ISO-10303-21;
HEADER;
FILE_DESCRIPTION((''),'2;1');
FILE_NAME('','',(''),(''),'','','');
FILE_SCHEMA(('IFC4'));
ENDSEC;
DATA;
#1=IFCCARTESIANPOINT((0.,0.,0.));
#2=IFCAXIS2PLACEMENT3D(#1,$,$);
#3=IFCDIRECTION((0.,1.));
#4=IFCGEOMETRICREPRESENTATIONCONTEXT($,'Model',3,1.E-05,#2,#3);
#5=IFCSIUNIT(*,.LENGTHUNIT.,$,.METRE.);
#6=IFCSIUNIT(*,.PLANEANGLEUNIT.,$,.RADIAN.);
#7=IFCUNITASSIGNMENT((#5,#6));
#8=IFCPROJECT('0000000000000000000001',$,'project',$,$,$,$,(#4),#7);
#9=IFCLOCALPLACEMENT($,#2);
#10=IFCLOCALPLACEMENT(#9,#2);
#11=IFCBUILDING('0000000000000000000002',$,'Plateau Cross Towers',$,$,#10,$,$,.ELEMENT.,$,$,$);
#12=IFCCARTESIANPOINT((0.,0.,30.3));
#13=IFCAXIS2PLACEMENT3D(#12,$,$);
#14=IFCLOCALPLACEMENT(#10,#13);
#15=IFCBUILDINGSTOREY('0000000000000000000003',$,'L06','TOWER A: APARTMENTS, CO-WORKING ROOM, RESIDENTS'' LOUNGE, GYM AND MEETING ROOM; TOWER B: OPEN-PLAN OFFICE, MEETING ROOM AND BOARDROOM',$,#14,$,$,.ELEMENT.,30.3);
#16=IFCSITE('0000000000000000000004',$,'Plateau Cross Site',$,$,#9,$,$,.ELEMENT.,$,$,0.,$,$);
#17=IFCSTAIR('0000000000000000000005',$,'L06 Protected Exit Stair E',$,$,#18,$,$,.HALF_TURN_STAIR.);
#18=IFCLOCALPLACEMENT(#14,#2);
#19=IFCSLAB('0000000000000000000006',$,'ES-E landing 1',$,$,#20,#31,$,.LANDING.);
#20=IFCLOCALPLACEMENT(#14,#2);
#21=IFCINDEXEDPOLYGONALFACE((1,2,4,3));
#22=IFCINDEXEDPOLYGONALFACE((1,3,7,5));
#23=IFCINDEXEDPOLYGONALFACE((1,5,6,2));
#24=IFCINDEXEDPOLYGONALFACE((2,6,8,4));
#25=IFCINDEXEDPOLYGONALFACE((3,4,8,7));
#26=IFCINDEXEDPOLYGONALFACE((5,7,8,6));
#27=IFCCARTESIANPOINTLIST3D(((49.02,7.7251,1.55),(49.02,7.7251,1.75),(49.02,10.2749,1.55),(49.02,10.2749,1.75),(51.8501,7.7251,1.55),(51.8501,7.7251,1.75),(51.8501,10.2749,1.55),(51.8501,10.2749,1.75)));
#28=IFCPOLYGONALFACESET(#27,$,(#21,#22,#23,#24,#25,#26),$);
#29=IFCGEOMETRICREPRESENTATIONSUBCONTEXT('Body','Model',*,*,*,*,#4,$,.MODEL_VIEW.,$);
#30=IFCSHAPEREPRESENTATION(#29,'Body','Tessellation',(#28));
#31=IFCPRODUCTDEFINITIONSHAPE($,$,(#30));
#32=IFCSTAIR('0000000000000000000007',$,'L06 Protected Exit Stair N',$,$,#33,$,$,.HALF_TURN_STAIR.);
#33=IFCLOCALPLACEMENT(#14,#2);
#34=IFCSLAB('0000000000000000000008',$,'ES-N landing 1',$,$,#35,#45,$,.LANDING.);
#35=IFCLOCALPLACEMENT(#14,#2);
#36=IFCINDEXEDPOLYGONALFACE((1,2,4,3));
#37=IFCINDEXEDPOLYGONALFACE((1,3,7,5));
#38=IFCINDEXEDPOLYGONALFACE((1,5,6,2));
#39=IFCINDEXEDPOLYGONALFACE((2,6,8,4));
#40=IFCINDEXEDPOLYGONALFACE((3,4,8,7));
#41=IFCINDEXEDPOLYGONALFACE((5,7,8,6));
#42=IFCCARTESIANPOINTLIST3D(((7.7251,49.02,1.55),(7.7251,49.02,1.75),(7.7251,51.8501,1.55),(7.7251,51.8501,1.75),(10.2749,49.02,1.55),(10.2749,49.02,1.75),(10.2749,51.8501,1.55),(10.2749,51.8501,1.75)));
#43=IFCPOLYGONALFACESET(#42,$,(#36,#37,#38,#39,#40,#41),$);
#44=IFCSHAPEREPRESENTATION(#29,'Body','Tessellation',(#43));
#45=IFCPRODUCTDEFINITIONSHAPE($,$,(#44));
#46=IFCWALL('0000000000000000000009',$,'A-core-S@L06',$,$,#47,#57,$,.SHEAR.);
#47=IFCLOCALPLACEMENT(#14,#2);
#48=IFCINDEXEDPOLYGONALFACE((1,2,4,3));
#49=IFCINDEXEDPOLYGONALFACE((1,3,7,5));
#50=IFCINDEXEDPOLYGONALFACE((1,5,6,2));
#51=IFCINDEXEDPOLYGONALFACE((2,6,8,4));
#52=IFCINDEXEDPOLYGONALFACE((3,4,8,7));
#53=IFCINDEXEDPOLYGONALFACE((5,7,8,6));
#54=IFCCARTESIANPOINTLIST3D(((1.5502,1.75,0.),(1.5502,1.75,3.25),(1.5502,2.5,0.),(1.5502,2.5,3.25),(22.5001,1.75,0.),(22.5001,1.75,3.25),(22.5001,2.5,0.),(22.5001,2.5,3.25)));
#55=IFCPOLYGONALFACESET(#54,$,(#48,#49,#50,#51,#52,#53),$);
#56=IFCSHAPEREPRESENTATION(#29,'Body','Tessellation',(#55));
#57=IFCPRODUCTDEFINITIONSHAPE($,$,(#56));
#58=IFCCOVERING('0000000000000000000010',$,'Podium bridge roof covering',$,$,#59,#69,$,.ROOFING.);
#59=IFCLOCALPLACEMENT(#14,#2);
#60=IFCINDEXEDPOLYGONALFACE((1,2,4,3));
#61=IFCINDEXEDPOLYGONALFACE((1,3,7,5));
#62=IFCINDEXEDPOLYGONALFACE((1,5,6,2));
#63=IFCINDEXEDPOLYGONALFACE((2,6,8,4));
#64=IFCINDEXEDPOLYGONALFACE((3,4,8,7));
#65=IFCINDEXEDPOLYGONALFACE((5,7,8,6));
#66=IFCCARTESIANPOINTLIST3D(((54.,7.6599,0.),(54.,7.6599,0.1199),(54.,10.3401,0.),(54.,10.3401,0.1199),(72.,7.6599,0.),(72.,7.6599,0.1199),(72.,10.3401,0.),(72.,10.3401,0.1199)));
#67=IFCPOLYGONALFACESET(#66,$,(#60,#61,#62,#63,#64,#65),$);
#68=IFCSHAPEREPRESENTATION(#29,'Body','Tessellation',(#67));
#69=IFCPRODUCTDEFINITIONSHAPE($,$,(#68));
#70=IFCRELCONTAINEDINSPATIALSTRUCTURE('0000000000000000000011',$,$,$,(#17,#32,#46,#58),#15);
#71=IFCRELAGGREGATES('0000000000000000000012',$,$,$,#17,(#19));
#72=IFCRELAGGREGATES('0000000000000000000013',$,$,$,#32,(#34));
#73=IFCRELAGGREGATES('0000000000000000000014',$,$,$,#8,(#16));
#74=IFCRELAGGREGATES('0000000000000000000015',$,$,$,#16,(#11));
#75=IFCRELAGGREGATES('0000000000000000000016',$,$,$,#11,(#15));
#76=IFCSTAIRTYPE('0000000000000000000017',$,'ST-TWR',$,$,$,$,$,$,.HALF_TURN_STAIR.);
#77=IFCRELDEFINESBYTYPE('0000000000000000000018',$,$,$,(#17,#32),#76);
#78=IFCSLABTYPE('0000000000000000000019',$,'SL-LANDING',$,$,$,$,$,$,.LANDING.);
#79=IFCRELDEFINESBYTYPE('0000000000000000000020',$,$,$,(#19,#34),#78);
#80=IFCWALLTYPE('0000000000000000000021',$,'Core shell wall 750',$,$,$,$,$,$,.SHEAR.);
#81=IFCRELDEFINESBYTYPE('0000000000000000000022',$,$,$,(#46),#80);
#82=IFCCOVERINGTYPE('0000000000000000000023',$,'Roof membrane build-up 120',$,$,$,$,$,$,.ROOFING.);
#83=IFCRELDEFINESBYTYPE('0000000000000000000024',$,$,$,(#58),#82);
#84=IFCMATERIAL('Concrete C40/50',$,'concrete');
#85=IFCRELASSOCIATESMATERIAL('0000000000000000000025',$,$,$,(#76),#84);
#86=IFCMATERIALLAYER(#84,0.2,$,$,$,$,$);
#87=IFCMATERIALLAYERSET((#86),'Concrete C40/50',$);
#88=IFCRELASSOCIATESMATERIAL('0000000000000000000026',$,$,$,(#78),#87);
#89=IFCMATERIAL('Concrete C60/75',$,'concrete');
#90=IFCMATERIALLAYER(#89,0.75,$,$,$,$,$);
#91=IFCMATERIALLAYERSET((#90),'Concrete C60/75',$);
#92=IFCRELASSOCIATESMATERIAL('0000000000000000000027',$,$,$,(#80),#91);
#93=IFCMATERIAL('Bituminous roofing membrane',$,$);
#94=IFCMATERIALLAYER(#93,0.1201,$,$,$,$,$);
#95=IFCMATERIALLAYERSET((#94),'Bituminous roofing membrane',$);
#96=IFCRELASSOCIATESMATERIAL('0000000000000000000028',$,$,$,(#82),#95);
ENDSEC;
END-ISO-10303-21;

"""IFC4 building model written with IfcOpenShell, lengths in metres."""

from ifc_helpers import new_model, si_unit, direction, frame, frame_2d, origin, place, context, subcontext, project, spatial, polyline, rectangle, outline, extrude, material, layer, layer_set, type_object, element, aggregate, save


model = new_model("IFC4")

# Units and contexts
model_context = context("Model", 3, precision=1e-05, world=origin(), true_north=direction((0.0, 1.0)))
body_context = subcontext(model_context, "Body", "Model", "MODEL_VIEW")
ifc_project = project(units=[si_unit("LENGTHUNIT", "METRE"), si_unit("PLANEANGLEUNIT", "RADIAN")], contexts=[model_context])

# Site, building, storey
site_placement = place(None, origin())
site = spatial("IfcSite", under=ifc_project, at=site_placement, Name="Plateau Cross Site", CompositionType="ELEMENT", RefElevation=0.0)
building_placement = place(site_placement, origin())
building = spatial("IfcBuilding", under=site, at=building_placement, Name="Plateau Cross Towers", CompositionType="ELEMENT")
storey_placement = place(building_placement, frame((0.0, 0.0, 30.3)))
storey = spatial("IfcBuildingStorey", under=building, at=storey_placement, Name="L06", Description="TOWER A: APARTMENTS, CO-WORKING ROOM, RESIDENTS' LOUNGE, GYM AND MEETING ROOM; TOWER B: OPEN-PLAN OFFICE, MEETING ROOM AND BOARDROOM", CompositionType="ELEMENT", Elevation=30.3)

# Shared definitions
ifc_material_1 = material(Name="Concrete C60/75", Category="concrete")

# Shared definitions
ifc_material_2 = material(Name="Concrete C40/50", Category="concrete")

# Stairs, slabs
stair_type = type_object("IfcStairType", Name="ST-TWR", PredefinedType="HALF_TURN_STAIR", material=ifc_material_2)
ifc_layer_1 = layer(ifc_material_2, 0.2)
ifc_layer_set_1 = layer_set([ifc_layer_1], Name="Concrete C40/50")
slab_type_1 = type_object("IfcSlabType", Name="SL-LANDING", PredefinedType="LANDING", material=ifc_layer_set_1)
stair_1_placement = place(storey_placement, origin())
stair_1 = element("IfcStair", 1, at=stair_1_placement, inside=storey, type_object=stair_type, Name="L06 Protected Exit Stair E", PredefinedType="HALF_TURN_STAIR")
slab_1_placement = place(storey_placement, frame((0.0, 0.0, 1.55)))
slab_1 = element("IfcSlab", 2, at=slab_1_placement, type_object=slab_type_1, Name="ES-E landing 1", PredefinedType="LANDING", context=body_context, shape_type="SweptSolid", body=[
    extrude(outline(polyline([(49.02, 7.7251), (51.8501, 7.7251), (51.8501, 10.2749), (49.02, 10.2749), (49.02, 7.7251)])), origin(), (0.0, 0.0, 1.0), 0.2),
])
aggregate(stair_1, [slab_1])
stair_2_placement = place(storey_placement, origin())
stair_2 = element("IfcStair", 3, at=stair_2_placement, inside=storey, type_object=stair_type, Name="L06 Protected Exit Stair N", PredefinedType="HALF_TURN_STAIR")
slab_2_placement = place(storey_placement, frame((0.0, 0.0, 1.55)))
slab_2 = element("IfcSlab", 4, at=slab_2_placement, type_object=slab_type_1, Name="ES-N landing 1", PredefinedType="LANDING", context=body_context, shape_type="SweptSolid", body=[
    extrude(outline(polyline([(10.2749, 49.02), (10.2749, 51.8501), (7.7251, 51.8501), (7.7251, 49.02), (10.2749, 49.02)])), origin(), (0.0, 0.0, 1.0), 0.2),
])
aggregate(stair_2, [slab_2])

# Wall
ifc_layer_2 = layer(ifc_material_1, 0.75)
ifc_layer_set_2 = layer_set([ifc_layer_2], Name="Concrete C60/75")
wall_type = type_object("IfcWallType", Name="Core shell wall 750", PredefinedType="SHEAR", material=ifc_layer_set_2)
wall_placement = place(storey_placement, frame((1.55, 2.125, 0.0), z_axis=(0.0, 0.0, 1.0), x_axis=(1.0, 0.0, 0.0)))
element("IfcWall", 5, at=wall_placement, inside=storey, type_object=wall_type, Name="A-core-S@L06", PredefinedType="SHEAR", context=body_context, shape_type="SweptSolid", body=[
    extrude(rectangle(XDim=20.95, YDim=0.75, at=frame_2d((10.4751, 0.0))), origin(), (0.0, 0.0, 1.0), 3.25),
])

# Covering
ifc_material_3 = material(Name="Bituminous roofing membrane")
ifc_layer_3 = layer(ifc_material_3, 0.1201)
ifc_layer_set_3 = layer_set([ifc_layer_3], Name="Bituminous roofing membrane")
covering_type = type_object("IfcCoveringType", Name="Roof membrane build-up 120", PredefinedType="ROOFING", material=ifc_layer_set_3)
covering_placement = place(storey_placement, origin())
element("IfcCovering", 6, at=covering_placement, inside=storey, type_object=covering_type, Name="Podium bridge roof covering", PredefinedType="ROOFING", context=body_context, shape_type="SweptSolid", body=[
    extrude(outline(polyline([(54.0, 7.6599), (72.0, 7.6599), (72.0, 10.3401), (54.0, 10.3401), (54.0, 7.6599)])), origin(), (0.0, 0.0, 1.0), 0.1199),
])

save(model, "model.ifc")
